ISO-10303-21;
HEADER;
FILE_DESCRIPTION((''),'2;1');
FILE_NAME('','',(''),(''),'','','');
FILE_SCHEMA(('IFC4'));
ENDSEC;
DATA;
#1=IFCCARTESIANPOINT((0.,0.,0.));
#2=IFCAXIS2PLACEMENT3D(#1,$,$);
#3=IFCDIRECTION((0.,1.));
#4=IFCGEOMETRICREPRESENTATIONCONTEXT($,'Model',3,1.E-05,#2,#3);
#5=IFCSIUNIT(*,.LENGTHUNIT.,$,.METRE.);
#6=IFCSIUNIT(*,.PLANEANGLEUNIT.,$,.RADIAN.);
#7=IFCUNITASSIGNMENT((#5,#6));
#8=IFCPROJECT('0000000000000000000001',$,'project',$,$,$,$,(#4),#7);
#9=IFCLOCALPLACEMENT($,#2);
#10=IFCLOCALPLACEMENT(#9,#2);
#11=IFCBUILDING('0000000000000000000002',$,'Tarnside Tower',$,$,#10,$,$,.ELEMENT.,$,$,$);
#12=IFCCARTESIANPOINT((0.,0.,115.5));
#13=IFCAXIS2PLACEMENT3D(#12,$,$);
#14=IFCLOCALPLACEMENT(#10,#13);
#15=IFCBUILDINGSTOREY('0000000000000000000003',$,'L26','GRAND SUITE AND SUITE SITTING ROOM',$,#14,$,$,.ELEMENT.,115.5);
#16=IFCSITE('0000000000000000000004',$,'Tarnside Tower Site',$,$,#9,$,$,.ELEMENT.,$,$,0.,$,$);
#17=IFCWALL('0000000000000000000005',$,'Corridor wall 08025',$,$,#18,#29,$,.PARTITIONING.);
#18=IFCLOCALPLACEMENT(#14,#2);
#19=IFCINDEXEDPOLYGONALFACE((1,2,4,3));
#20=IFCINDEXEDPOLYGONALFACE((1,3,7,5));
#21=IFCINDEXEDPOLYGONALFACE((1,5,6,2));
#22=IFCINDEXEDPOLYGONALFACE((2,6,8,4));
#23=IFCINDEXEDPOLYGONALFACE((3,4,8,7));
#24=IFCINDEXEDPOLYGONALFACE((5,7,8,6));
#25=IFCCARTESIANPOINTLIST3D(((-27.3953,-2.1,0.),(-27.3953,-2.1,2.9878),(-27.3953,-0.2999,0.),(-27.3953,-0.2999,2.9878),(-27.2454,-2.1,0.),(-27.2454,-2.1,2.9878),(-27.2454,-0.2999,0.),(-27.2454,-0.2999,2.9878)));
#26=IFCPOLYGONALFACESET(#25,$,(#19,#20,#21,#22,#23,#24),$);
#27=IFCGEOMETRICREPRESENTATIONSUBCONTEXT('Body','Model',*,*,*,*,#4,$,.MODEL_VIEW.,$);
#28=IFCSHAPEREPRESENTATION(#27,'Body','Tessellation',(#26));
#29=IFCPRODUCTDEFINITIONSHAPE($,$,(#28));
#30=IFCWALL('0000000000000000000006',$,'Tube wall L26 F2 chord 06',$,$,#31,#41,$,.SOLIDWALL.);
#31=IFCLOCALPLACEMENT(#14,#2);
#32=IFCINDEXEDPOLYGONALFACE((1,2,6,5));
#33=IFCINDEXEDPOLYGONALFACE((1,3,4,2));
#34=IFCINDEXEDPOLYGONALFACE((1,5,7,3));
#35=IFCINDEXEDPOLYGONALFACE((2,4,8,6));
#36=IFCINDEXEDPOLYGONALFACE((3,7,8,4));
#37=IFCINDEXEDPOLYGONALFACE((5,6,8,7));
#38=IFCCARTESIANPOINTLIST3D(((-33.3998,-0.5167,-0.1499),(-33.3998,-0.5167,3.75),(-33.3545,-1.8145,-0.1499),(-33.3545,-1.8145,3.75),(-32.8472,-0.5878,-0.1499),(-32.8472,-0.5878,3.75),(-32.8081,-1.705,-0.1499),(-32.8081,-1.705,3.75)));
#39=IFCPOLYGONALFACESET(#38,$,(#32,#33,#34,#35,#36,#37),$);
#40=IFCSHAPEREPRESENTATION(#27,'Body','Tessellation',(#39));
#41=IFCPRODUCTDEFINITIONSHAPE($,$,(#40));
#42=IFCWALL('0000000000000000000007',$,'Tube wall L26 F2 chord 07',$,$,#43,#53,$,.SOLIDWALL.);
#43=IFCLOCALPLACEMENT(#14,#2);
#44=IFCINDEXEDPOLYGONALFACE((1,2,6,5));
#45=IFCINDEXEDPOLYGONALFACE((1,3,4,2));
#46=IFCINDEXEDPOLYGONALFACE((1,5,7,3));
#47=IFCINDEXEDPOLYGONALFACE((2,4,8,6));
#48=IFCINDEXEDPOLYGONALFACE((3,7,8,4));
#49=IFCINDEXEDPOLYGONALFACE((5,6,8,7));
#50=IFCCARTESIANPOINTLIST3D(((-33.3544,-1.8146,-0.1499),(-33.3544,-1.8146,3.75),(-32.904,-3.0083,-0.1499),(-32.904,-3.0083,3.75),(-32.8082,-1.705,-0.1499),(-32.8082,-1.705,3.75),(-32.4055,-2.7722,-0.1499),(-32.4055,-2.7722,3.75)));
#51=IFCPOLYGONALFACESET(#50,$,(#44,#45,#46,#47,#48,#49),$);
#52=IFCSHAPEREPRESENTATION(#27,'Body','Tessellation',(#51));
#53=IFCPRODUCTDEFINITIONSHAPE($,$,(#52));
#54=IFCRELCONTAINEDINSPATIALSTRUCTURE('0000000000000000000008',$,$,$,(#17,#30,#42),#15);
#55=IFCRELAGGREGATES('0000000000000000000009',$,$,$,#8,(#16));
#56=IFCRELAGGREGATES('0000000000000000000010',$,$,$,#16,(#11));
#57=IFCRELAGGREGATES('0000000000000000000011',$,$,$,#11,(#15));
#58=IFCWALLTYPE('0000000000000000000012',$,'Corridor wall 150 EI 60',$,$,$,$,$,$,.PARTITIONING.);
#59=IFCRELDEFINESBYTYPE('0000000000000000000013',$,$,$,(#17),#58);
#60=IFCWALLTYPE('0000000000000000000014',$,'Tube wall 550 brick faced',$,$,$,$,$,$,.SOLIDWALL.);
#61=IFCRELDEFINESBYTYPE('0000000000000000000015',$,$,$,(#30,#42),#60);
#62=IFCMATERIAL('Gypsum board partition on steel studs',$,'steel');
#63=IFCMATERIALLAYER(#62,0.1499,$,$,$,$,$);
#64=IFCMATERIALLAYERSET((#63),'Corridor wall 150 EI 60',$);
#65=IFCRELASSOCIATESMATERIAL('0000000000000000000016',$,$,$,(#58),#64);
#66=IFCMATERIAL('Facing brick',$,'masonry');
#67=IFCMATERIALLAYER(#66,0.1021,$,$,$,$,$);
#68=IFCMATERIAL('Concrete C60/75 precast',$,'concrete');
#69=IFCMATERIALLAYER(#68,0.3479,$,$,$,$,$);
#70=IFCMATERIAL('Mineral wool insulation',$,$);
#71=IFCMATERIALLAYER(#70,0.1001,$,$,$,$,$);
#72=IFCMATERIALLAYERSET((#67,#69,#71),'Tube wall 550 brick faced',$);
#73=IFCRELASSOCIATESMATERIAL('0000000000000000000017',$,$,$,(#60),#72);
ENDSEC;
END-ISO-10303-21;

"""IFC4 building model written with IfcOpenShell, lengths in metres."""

from ifc_helpers import new_model, si_unit, direction, frame, frame_2d, origin, place, context, subcontext, project, spatial, polyline, rectangle, outline, extrude, material, layer, layer_set, type_object, element, save


model = new_model("IFC4")

# Units and contexts
model_context = context("Model", 3, precision=1e-05, world=origin(), true_north=direction((0.0, 1.0)))
body_context = subcontext(model_context, "Body", "Model", "MODEL_VIEW")
ifc_project = project(units=[si_unit("LENGTHUNIT", "METRE"), si_unit("PLANEANGLEUNIT", "RADIAN")], contexts=[model_context])

# Site, building, storey
site_placement = place(None, origin())
site = spatial("IfcSite", under=ifc_project, at=site_placement, Name="Tarnside Tower Site", CompositionType="ELEMENT", RefElevation=0.0)
building_placement = place(site_placement, origin())
building = spatial("IfcBuilding", under=site, at=building_placement, Name="Tarnside Tower", CompositionType="ELEMENT")
storey_placement = place(building_placement, frame((0.0, 0.0, 115.5)))
storey = spatial("IfcBuildingStorey", under=building, at=storey_placement, Name="L26", Description="GRAND SUITE AND SUITE SITTING ROOM", CompositionType="ELEMENT", Elevation=115.5)

# Walls
ifc_material_1 = material(Name="Gypsum board partition on steel studs", Category="steel")
ifc_layer_1 = layer(ifc_material_1, 0.1499)
ifc_layer_set_1 = layer_set([ifc_layer_1], Name="Corridor wall 150 EI 60")
wall_type_1 = type_object("IfcWallType", Name="Corridor wall 150 EI 60", PredefinedType="PARTITIONING", material=ifc_layer_set_1)
wall_1_placement = place(storey_placement, frame((-27.3203, -0.3, 0.0), z_axis=(0.0, 0.0, 1.0), x_axis=(0.0, -1.0, 0.0)))
element("IfcWall", 1, at=wall_1_placement, inside=storey, type_object=wall_type_1, Name="Corridor wall 08025", PredefinedType="PARTITIONING", context=body_context, shape_type="SweptSolid", body=[
    extrude(rectangle(XDim=1.8, YDim=0.1499, at=frame_2d((0.8999, 0.0))), origin(), (0.0, 0.0, 1.0), 2.9878),
])
ifc_material_2 = material(Name="Facing brick", Category="masonry")
ifc_layer_2 = layer(ifc_material_2, 0.1021)
ifc_material_3 = material(Name="Concrete C60/75 precast", Category="concrete")
ifc_layer_3 = layer(ifc_material_3, 0.3479)
ifc_material_4 = material(Name="Mineral wool insulation")
ifc_layer_4 = layer(ifc_material_4, 0.1001)
ifc_layer_set_2 = layer_set([ifc_layer_2, ifc_layer_3, ifc_layer_4], Name="Tube wall 550 brick faced")
wall_type_2 = type_object("IfcWallType", Name="Tube wall 550 brick faced", PredefinedType="SOLIDWALL", material=ifc_layer_set_2)
wall_2_placement = place(storey_placement, frame((-33.1235, -0.5522, -0.1499), z_axis=(0.0, 0.0, 1.0), x_axis=(0.034956, -0.999389, 0.0)))
element("IfcWall", 2, at=wall_2_placement, inside=storey, type_object=wall_type_2, Name="Tube wall L26 F2 chord 06", PredefinedType="SOLIDWALL", context=body_context, shape_type="SweptSolid", body=[
    extrude(outline(polyline([(-0.0452, -0.2749), (1.2534, -0.2749), (1.1631, 0.2749), (0.0452, 0.2749), (-0.0452, -0.2749)])), origin(), (0.0, 0.0, 1.0), 3.8999),
])
wall_3_placement = place(storey_placement, frame((-33.0813, -1.7598, -0.1499), z_axis=(0.0, 0.0, 1.0), x_axis=(0.353027, -0.935613, 0.0)))
element("IfcWall", 3, at=wall_3_placement, inside=storey, type_object=wall_type_2, Name="Tube wall L26 F2 chord 07", PredefinedType="SOLIDWALL", context=body_context, shape_type="SweptSolid", body=[
    extrude(outline(polyline([(-0.0452, -0.2749), (1.2307, -0.2749), (1.1858, 0.2749), (0.0452, 0.2749), (-0.0452, -0.2749)])), origin(), (0.0, 0.0, 1.0), 3.8999),
])

save(model, "model.ifc")
